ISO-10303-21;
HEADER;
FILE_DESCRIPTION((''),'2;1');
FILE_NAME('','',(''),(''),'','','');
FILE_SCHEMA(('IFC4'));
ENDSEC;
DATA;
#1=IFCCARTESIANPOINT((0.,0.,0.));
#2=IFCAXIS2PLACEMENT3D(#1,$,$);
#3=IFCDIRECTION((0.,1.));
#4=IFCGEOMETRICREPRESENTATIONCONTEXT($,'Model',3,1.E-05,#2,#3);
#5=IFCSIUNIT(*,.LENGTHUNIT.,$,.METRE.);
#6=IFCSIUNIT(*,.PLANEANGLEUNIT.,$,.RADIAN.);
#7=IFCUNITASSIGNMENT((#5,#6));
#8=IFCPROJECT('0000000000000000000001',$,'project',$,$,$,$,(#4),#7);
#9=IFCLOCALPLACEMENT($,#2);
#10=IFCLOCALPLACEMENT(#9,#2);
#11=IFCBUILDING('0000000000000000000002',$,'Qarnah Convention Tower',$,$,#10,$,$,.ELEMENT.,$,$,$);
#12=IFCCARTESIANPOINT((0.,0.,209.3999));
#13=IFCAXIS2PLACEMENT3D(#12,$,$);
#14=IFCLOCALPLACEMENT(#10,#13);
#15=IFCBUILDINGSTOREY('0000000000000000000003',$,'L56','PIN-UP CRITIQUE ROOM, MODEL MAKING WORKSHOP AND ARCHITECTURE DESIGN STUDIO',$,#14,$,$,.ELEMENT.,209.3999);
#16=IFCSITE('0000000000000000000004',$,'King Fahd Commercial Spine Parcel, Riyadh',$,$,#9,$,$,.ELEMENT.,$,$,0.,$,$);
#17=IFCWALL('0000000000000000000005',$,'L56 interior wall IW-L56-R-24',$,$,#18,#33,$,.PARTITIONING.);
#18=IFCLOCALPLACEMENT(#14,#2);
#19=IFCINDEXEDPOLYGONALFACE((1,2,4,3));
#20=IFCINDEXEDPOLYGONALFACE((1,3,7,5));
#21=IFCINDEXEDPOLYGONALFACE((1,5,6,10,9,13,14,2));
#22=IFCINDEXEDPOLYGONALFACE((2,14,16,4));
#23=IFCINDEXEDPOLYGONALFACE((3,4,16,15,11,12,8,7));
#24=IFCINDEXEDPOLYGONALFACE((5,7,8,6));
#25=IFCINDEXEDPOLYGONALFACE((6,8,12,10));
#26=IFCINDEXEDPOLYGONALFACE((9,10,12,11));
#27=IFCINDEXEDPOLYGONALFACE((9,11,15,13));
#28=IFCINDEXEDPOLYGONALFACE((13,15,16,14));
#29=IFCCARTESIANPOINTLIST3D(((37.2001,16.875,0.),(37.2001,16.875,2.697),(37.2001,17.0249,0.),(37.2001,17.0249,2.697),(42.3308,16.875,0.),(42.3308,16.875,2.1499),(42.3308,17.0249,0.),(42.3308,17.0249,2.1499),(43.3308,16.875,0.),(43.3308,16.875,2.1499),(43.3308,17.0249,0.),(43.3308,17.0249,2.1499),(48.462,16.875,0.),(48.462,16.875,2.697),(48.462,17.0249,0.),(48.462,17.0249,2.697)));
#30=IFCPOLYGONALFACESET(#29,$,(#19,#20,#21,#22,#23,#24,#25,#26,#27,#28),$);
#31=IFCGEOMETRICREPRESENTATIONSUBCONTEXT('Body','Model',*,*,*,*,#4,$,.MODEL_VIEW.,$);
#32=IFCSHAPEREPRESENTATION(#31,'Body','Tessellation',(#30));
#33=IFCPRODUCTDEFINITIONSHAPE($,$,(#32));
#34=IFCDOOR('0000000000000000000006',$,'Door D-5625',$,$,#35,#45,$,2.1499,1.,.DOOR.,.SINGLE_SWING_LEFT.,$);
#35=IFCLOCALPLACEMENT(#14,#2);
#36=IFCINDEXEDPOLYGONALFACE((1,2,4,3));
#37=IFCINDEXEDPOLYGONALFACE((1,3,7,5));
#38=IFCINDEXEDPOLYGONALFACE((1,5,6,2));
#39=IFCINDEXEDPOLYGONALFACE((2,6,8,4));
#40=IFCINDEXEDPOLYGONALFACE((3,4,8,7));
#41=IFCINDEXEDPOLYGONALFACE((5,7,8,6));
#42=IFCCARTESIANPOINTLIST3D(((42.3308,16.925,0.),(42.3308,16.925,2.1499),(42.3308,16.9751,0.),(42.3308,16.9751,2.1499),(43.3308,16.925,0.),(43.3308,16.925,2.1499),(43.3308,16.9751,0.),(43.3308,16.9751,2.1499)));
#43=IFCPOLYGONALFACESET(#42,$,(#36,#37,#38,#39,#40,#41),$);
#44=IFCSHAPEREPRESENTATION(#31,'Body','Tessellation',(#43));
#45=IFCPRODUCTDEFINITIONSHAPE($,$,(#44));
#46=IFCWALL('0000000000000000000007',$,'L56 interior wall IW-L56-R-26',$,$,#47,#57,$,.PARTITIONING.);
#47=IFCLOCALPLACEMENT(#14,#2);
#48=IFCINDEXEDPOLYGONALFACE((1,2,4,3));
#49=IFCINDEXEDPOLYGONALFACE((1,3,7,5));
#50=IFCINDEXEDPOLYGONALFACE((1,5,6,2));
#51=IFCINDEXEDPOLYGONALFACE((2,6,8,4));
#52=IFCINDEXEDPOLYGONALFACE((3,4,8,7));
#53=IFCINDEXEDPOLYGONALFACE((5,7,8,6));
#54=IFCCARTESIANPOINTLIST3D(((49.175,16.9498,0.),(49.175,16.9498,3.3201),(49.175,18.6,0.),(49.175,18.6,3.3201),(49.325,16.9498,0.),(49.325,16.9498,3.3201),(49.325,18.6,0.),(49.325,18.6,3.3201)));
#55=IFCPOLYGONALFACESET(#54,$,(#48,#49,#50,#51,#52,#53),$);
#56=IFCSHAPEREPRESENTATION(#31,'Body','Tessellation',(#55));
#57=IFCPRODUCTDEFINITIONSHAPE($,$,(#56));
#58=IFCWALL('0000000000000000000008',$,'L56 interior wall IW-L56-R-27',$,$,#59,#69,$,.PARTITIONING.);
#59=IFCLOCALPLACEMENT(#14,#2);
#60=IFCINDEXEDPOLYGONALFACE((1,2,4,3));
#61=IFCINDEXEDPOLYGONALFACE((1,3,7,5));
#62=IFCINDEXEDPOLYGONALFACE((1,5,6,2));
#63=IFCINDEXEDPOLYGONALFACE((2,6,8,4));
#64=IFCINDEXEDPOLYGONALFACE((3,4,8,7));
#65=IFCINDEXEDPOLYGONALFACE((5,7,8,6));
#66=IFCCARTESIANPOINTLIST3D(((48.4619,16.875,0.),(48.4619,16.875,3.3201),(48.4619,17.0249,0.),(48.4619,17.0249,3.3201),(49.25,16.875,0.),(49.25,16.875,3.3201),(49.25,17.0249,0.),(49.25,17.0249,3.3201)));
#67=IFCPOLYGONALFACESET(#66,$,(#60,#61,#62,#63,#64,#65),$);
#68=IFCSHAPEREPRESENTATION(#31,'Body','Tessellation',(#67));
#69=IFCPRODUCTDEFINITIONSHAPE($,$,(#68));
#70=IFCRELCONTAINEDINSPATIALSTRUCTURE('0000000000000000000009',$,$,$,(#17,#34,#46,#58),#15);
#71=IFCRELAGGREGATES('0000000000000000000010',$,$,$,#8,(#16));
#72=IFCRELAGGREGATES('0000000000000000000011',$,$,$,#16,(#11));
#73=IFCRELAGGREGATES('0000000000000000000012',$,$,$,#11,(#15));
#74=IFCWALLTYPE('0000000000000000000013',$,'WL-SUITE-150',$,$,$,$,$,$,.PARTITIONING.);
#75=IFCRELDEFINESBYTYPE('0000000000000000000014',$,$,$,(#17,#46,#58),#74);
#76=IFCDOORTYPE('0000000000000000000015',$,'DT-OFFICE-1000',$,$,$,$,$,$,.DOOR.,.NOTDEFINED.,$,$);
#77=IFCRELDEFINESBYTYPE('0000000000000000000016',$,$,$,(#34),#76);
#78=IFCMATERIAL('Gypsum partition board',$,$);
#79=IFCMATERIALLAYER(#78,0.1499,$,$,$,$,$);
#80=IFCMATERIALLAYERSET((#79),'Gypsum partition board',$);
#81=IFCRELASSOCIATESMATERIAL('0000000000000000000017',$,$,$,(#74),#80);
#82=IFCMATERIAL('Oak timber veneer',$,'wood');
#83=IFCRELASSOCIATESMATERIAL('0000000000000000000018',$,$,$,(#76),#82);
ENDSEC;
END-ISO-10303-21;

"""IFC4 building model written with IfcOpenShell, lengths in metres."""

from ifc_helpers import new_model, si_unit, direction, frame, frame_2d, origin, place, context, subcontext, project, spatial, rectangle, extrude, material, layer, layer_set, type_object, element, fill, save


model = new_model("IFC4")

# Units and contexts
model_context = context("Model", 3, precision=1e-05, world=origin(), true_north=direction((0.0, 1.0)))
body_context = subcontext(model_context, "Body", "Model", "MODEL_VIEW")
ifc_project = project(units=[si_unit("LENGTHUNIT", "METRE"), si_unit("PLANEANGLEUNIT", "RADIAN")], contexts=[model_context])

# Site, building, storey
site_placement = place(None, origin())
site = spatial("IfcSite", under=ifc_project, at=site_placement, Name="King Fahd Commercial Spine Parcel, Riyadh", CompositionType="ELEMENT", RefElevation=0.0)
building_placement = place(site_placement, origin())
building = spatial("IfcBuilding", under=site, at=building_placement, Name="Qarnah Convention Tower", CompositionType="ELEMENT")
storey_placement = place(building_placement, frame((0.0, 0.0, 209.3999)))
storey = spatial("IfcBuildingStorey", under=building, at=storey_placement, Name="L56", Description="PIN-UP CRITIQUE ROOM, MODEL MAKING WORKSHOP AND ARCHITECTURE DESIGN STUDIO", CompositionType="ELEMENT", Elevation=209.3999)

# Shared definitions
ifc_material_1 = material(Name="Gypsum partition board")
ifc_layer_1 = layer(ifc_material_1, 0.1499)
ifc_layer_set_1 = layer_set([ifc_layer_1], Name="Gypsum partition board")
wall_type_1 = type_object("IfcWallType", Name="WL-SUITE-150", PredefinedType="PARTITIONING", material=ifc_layer_set_1)

# Wall, opening, door
wall_1_placement = place(storey_placement, frame((48.4619, 16.95, 0.0), z_axis=(0.0, 0.0, 1.0), x_axis=(-1.0, 0.0, 0.0)))
wall_1 = element("IfcWall", 1, at=wall_1_placement, inside=storey, type_object=wall_type_1, Name="L56 interior wall IW-L56-R-24", PredefinedType="PARTITIONING", context=body_context, shape_type="SweptSolid", body=[
    extrude(rectangle(XDim=11.262, YDim=0.1499, at=frame_2d((5.6309, 0.0))), origin(), (0.0, 0.0, 1.0), 2.697),
])
opening_1_placement = place(wall_1_placement, frame((5.1311, 0.0, 0.0)))
opening_1 = element("IfcOpeningElement", 2, at=opening_1_placement, cuts=wall_1, PredefinedType="OPENING", context=body_context, shape_type="SweptSolid", body=[
    extrude(rectangle(XDim=1.0, YDim=2.1499, at=frame_2d((0.5, 1.075))), frame((0.0, 0.085, 0.0), z_axis=(0.0, -1.0, 0.0), x_axis=(1.0, 0.0, 0.0)), (0.0, 0.0, 1.0), 0.1699),
])
ifc_material_2 = material(Name="Oak timber veneer", Category="wood")
door_type_1 = type_object("IfcDoorType", Name="DT-OFFICE-1000", OperationType="NOTDEFINED", PredefinedType="DOOR", material=ifc_material_2)
door_1_placement = place(opening_1_placement, origin())
door_1 = element("IfcDoor", 3, at=door_1_placement, inside=storey, type_object=door_type_1, Name="Door D-5625", OperationType="SINGLE_SWING_LEFT", OverallHeight=2.1499, OverallWidth=1.0, PredefinedType="DOOR", context=body_context, shape_type="SweptSolid", body=[
    extrude(rectangle(XDim=1.0, YDim=2.1499, at=frame_2d((0.5, 1.075))), frame((0.0, 0.0249, 0.0), z_axis=(0.0, -1.0, 0.0), x_axis=(1.0, 0.0, 0.0)), (0.0, 0.0, 1.0), 0.05),
])
fill(opening_1, door_1)

# Walls
wall_2_placement = place(storey_placement, frame((49.25, 18.6001, 0.0), z_axis=(0.0, 0.0, 1.0), x_axis=(0.0, -1.0, 0.0)))
element("IfcWall", 4, at=wall_2_placement, inside=storey, type_object=wall_type_1, Name="L56 interior wall IW-L56-R-26", PredefinedType="PARTITIONING", context=body_context, shape_type="SweptSolid", body=[
    extrude(rectangle(XDim=1.6501, YDim=0.1499, at=frame_2d((0.8252, 0.0))), origin(), (0.0, 0.0, 1.0), 3.3201),
])
wall_3_placement = place(storey_placement, frame((49.25, 16.95, 0.0), z_axis=(0.0, 0.0, 1.0), x_axis=(-1.0, 0.0, 0.0)))
element("IfcWall", 5, at=wall_3_placement, inside=storey, type_object=wall_type_1, Name="L56 interior wall IW-L56-R-27", PredefinedType="PARTITIONING", context=body_context, shape_type="SweptSolid", body=[
    extrude(rectangle(XDim=0.7881, YDim=0.1499, at=frame_2d((0.394, 0.0))), origin(), (0.0, 0.0, 1.0), 3.3201),
])

save(model, "model.ifc")
